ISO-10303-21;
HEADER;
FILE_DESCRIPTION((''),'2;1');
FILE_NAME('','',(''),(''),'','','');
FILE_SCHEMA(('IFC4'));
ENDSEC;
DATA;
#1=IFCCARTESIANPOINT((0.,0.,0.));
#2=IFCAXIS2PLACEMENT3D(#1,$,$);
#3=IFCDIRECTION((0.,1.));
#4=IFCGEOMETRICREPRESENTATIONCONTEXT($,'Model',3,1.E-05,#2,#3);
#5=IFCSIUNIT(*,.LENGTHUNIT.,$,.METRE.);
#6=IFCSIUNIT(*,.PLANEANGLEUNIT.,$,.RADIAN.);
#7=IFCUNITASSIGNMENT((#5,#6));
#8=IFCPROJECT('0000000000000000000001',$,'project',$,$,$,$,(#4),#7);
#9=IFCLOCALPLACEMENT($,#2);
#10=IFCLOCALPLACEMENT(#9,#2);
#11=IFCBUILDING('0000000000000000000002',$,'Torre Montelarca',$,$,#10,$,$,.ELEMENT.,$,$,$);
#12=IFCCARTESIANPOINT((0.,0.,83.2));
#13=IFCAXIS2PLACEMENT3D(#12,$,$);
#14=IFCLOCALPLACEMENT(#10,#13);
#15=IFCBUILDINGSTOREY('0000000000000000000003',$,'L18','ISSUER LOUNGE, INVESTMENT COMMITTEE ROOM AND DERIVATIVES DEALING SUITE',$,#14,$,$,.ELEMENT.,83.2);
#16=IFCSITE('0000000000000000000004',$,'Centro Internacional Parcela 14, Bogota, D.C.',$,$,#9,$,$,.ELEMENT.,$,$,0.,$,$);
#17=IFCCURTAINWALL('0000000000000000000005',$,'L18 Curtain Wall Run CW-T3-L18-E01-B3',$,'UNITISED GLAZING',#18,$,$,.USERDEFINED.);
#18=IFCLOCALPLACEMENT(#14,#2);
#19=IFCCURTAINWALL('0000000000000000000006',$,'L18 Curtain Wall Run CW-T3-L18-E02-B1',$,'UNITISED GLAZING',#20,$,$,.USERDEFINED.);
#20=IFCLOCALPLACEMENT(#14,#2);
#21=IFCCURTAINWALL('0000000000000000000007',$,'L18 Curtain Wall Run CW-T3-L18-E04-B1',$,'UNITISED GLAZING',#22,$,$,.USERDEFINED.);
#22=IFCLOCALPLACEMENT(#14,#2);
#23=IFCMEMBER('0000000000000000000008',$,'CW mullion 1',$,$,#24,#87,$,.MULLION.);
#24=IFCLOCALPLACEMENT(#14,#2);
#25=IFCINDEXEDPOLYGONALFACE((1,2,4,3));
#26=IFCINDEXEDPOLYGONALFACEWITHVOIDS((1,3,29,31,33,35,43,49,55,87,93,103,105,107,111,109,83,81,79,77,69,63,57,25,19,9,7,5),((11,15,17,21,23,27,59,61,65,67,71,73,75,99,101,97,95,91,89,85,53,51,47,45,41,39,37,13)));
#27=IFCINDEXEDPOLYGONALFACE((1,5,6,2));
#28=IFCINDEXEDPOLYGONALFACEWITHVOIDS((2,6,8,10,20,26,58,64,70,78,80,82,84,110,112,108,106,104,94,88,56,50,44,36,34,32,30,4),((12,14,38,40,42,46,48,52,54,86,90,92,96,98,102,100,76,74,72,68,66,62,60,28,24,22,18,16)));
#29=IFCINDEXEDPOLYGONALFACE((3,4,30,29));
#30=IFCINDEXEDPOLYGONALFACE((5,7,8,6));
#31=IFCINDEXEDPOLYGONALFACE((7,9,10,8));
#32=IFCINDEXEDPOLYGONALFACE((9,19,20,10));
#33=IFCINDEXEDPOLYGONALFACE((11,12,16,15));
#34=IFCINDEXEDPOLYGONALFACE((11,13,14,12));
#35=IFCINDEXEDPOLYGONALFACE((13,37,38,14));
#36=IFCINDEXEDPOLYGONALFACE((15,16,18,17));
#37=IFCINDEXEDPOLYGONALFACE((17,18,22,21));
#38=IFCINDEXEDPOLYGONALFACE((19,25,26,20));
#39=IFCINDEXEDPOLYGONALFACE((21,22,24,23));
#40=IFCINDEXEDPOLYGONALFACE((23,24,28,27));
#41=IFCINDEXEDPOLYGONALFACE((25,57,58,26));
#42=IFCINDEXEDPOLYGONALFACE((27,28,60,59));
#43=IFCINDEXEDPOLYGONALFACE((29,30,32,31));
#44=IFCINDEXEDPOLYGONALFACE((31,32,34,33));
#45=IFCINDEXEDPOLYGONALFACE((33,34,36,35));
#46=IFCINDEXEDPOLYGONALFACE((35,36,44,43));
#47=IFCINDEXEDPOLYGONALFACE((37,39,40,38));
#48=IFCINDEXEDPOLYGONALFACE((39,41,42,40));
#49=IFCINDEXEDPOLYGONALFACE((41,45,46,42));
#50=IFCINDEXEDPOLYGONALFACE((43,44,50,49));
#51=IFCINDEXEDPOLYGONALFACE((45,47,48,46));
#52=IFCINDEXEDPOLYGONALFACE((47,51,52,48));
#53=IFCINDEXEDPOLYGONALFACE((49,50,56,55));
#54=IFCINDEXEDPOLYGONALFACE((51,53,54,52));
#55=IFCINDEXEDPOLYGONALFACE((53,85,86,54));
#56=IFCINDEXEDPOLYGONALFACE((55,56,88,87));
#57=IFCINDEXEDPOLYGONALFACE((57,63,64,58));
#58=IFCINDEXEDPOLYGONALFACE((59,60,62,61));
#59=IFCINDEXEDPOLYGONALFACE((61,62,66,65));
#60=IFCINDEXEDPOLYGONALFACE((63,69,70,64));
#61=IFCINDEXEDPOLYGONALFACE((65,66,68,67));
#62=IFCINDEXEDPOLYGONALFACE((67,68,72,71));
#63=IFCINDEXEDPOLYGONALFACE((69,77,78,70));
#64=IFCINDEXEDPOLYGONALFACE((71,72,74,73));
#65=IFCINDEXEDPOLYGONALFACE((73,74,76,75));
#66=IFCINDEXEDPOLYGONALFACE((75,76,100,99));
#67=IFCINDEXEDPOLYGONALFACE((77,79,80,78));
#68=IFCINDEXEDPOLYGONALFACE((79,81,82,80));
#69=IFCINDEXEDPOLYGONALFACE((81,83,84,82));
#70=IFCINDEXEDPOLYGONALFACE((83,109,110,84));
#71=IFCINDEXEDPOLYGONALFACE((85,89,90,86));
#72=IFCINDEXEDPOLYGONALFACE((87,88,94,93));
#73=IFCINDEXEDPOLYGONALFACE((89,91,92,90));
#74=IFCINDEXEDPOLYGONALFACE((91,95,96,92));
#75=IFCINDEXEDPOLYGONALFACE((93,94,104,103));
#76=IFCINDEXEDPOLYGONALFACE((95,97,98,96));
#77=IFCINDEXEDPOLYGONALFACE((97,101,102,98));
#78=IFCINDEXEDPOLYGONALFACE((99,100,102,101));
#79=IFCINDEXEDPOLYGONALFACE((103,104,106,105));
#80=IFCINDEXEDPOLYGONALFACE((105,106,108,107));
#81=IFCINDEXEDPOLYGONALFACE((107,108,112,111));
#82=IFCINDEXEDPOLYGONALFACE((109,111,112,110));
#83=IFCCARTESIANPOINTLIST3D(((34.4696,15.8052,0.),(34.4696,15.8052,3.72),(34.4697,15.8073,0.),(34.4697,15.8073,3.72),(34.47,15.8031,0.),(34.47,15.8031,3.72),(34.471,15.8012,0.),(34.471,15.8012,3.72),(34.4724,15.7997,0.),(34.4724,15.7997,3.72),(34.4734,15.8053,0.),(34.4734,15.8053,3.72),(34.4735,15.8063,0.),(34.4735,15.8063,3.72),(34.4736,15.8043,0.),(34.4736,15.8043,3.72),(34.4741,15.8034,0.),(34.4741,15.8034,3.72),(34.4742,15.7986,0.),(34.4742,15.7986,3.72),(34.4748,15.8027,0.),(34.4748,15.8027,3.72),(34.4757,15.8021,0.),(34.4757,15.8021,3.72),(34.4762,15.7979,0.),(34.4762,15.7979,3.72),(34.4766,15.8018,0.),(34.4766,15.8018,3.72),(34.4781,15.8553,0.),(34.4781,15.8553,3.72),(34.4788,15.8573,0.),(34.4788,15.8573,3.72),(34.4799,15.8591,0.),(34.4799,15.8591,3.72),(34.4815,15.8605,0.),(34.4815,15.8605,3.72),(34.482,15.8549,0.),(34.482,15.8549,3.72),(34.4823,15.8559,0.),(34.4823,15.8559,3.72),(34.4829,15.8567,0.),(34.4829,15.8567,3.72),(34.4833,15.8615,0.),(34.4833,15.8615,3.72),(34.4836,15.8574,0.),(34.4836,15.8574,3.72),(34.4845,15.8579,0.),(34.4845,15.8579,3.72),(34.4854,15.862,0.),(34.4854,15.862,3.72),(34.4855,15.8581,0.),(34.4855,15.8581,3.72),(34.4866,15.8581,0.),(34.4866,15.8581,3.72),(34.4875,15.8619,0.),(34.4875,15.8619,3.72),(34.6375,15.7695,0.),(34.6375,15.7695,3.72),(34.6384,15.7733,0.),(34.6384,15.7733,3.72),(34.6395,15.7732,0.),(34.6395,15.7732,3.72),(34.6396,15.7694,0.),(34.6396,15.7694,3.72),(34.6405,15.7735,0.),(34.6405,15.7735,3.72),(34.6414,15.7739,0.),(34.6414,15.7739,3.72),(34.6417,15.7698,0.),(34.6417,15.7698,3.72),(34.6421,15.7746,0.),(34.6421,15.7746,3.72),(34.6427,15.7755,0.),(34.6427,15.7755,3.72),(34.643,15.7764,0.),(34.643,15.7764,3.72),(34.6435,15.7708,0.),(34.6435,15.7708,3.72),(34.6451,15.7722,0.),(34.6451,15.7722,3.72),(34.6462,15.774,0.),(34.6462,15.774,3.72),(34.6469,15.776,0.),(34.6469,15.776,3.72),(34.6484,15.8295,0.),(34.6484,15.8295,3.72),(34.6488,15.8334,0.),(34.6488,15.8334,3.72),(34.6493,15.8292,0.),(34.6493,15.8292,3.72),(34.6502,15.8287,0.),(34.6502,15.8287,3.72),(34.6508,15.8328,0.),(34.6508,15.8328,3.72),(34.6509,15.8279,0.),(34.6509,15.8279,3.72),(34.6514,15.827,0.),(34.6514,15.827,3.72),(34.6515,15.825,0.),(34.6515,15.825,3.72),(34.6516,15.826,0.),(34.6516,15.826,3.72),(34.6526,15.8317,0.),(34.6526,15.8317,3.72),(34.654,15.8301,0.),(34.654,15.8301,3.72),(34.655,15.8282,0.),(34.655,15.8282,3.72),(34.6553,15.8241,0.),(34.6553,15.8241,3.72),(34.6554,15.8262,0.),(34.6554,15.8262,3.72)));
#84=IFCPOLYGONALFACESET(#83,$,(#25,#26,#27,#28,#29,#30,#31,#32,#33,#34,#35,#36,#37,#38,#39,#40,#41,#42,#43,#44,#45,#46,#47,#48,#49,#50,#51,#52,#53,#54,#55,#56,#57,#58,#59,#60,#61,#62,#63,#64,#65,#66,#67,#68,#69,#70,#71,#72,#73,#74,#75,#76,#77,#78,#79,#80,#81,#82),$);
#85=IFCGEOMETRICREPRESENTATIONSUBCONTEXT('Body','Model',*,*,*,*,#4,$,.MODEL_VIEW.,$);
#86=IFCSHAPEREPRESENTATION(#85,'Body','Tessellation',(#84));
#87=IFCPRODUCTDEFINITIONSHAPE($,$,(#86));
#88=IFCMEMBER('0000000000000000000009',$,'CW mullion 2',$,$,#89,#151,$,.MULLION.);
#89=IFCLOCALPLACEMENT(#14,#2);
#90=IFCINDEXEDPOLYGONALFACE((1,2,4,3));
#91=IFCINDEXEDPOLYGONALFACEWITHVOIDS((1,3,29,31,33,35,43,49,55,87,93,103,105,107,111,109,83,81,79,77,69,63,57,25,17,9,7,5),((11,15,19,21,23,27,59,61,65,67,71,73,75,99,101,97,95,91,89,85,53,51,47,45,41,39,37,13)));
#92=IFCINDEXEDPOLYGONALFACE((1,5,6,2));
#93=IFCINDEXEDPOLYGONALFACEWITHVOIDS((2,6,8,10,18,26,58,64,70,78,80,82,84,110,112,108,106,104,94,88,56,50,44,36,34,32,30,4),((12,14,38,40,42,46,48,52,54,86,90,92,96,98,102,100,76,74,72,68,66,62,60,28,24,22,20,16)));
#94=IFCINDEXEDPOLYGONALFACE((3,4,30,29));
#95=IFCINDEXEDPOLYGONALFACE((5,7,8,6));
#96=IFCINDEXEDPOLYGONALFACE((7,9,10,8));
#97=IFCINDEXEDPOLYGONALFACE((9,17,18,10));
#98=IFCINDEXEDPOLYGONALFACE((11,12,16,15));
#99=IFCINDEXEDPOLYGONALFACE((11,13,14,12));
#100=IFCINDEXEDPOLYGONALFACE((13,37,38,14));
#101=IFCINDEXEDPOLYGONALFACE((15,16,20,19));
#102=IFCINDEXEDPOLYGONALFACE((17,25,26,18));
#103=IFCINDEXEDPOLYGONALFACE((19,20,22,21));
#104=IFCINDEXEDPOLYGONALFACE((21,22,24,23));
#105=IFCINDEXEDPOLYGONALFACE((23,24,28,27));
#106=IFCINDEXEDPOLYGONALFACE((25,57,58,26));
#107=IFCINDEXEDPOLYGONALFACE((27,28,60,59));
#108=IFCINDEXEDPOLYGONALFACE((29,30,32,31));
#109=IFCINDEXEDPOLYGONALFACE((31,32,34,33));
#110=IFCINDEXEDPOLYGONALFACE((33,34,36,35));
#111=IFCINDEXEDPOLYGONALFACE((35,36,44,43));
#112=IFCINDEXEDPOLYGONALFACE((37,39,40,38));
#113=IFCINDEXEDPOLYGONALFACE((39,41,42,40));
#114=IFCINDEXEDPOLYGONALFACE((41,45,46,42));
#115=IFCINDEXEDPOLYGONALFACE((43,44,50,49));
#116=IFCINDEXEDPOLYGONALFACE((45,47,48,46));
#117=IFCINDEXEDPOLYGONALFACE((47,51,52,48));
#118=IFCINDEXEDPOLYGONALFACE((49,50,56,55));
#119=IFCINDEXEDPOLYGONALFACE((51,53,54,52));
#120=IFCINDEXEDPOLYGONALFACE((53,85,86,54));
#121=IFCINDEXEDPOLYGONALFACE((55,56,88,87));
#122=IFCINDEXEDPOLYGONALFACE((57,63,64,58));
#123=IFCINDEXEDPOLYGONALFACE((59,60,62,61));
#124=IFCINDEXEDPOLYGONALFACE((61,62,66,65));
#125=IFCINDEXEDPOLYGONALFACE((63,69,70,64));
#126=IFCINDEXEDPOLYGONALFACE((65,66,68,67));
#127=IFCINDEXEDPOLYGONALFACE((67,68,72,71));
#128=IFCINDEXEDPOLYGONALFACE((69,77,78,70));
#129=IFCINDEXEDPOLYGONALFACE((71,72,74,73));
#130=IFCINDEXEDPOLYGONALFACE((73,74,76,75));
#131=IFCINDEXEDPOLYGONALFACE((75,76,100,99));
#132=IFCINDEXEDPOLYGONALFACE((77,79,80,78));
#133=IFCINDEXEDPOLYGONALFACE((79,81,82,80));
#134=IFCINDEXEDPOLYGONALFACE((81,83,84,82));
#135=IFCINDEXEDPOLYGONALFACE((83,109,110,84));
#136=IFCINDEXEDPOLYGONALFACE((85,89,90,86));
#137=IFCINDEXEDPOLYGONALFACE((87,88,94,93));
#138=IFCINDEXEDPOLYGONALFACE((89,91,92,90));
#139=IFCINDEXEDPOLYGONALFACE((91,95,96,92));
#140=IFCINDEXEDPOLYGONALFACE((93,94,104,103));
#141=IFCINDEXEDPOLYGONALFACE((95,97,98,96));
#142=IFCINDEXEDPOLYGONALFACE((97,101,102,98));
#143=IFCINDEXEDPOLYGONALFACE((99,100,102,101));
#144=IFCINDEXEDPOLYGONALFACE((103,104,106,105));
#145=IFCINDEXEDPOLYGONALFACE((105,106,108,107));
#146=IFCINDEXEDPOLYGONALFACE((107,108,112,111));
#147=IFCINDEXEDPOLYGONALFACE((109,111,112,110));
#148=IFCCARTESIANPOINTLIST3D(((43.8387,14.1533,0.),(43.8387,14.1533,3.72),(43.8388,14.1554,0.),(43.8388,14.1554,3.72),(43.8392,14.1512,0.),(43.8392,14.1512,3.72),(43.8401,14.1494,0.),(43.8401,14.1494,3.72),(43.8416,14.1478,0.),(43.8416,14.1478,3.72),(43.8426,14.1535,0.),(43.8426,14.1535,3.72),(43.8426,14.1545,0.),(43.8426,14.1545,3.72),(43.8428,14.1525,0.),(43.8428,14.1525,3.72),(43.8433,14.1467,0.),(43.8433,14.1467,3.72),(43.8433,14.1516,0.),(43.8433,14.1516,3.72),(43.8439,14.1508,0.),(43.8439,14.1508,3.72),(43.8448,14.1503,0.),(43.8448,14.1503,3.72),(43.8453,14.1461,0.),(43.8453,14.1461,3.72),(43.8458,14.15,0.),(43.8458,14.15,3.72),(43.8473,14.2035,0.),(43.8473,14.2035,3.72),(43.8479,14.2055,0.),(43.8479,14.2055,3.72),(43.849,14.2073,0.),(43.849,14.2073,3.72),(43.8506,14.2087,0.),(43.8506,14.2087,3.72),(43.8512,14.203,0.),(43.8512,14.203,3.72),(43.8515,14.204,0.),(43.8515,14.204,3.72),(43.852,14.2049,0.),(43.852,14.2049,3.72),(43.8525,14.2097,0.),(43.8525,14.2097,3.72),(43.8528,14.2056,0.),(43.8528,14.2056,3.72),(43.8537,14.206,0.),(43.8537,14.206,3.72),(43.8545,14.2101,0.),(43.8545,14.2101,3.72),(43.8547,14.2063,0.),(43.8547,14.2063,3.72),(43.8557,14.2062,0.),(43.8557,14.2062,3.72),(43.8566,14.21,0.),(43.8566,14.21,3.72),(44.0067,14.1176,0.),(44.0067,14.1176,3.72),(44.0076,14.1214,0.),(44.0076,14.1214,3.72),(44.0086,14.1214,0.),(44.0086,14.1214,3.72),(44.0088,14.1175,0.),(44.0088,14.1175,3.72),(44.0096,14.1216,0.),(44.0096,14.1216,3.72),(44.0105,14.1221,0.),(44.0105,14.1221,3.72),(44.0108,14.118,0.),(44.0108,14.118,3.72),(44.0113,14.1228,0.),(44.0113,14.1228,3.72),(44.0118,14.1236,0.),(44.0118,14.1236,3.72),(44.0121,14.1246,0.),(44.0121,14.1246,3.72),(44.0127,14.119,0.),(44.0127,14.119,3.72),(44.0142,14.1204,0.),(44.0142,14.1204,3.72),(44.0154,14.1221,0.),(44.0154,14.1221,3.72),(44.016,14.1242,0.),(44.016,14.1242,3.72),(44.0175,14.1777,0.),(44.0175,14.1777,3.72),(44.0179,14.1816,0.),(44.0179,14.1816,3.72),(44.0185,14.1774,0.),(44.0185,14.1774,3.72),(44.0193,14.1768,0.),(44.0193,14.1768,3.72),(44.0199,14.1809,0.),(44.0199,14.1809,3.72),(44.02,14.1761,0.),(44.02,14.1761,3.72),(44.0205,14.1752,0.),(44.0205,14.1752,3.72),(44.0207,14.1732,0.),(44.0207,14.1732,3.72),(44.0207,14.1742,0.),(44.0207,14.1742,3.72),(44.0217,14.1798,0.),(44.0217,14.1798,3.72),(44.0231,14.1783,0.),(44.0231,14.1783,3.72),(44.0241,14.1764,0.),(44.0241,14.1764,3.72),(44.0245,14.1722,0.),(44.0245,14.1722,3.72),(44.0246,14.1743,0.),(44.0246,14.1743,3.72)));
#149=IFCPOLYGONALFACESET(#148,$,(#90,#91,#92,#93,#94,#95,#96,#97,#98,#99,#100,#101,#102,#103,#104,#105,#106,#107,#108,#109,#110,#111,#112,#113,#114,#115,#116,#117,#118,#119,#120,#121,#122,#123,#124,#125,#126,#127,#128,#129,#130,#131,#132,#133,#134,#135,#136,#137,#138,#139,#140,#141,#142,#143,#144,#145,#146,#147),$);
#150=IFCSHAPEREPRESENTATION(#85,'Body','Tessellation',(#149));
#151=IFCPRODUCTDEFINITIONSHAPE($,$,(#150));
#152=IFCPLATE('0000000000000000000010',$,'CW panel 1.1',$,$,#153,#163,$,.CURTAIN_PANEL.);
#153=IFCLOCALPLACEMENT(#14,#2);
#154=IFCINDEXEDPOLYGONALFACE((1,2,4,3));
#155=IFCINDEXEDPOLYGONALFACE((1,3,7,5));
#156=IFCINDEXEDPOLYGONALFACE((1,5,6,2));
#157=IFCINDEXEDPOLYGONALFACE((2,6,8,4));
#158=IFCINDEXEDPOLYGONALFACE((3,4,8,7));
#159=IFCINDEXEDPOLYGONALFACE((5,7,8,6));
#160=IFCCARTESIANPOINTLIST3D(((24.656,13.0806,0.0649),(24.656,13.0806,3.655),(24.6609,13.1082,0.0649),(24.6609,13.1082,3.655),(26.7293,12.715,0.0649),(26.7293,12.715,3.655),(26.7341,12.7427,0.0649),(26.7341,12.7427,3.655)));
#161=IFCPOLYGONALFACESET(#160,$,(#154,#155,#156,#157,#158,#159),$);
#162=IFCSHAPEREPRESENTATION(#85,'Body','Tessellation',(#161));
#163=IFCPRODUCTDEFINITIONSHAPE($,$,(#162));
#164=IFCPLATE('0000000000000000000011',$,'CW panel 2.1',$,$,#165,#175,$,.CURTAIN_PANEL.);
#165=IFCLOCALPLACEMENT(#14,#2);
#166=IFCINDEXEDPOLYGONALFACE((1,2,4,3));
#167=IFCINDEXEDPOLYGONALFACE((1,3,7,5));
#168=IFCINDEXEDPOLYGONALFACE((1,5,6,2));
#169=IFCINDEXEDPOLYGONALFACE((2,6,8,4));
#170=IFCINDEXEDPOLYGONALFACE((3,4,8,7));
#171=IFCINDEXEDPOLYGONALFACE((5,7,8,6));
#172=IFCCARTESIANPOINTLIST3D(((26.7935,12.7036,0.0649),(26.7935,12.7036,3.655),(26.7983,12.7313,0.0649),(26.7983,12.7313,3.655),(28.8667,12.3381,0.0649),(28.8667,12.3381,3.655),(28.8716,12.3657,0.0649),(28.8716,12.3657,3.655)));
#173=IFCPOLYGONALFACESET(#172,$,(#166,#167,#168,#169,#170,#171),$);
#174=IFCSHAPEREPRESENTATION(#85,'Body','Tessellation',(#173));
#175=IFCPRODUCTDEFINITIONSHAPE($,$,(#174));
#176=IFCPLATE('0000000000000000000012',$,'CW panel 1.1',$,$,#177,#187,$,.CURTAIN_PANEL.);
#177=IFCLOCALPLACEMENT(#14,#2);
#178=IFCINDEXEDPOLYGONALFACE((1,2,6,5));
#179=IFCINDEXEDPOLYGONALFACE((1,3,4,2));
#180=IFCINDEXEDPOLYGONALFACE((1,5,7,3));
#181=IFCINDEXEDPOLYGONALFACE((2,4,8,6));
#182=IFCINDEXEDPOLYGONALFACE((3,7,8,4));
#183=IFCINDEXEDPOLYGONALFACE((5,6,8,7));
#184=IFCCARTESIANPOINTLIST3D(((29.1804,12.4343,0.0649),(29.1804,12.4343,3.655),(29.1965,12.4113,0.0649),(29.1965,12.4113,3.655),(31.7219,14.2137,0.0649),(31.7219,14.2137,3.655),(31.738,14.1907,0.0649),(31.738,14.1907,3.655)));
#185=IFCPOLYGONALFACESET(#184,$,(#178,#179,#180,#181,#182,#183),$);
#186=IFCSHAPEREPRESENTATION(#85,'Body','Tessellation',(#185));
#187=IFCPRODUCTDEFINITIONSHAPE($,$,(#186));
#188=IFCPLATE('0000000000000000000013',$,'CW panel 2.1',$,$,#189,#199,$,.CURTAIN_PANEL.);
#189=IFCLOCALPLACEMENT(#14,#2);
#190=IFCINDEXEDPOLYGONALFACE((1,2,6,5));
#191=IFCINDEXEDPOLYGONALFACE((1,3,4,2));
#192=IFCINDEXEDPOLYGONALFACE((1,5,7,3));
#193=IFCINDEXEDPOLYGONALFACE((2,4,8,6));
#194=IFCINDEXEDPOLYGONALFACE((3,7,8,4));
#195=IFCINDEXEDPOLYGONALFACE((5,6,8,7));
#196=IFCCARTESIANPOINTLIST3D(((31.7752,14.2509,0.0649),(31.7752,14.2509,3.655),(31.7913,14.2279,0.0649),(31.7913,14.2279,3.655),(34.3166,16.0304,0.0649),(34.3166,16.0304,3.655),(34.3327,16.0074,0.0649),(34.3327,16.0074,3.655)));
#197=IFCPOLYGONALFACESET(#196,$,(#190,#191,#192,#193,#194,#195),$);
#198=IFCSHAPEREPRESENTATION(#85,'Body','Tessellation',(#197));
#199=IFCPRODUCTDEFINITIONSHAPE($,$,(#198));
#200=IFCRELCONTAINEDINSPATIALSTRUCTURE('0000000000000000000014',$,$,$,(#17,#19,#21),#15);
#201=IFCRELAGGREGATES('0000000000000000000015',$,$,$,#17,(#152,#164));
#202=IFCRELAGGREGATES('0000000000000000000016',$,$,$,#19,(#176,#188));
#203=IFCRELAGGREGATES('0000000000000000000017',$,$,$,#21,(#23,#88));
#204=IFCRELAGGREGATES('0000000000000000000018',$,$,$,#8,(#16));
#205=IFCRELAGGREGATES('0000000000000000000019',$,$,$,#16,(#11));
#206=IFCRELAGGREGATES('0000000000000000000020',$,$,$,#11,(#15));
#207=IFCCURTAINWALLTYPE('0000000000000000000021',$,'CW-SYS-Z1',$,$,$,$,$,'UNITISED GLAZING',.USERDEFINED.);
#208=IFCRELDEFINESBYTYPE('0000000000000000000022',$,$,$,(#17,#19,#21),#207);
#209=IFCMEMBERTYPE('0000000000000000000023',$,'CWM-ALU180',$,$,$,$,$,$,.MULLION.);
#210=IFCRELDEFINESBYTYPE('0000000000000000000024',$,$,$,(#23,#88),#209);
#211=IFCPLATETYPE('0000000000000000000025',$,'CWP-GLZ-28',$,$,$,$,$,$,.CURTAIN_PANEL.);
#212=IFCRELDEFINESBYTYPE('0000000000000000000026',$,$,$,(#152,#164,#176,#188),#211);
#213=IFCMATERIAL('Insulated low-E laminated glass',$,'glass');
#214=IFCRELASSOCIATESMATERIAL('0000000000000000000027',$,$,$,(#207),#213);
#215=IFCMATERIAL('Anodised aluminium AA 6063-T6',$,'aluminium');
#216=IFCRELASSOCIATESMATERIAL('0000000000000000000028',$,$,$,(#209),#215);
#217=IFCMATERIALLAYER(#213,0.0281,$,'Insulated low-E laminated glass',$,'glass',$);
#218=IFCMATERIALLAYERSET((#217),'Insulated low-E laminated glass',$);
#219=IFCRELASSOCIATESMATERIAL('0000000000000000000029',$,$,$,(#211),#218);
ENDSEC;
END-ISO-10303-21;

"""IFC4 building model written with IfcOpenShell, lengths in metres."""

from ifc_helpers import new_model, si_unit, direction, frame, origin, origin_2d, place, context, subcontext, project, spatial, rectangle, hollow_rectangle, extrude, source, transform, mapped, material, layer, layer_set, material_profile, profile_set, type_object, element, aggregate, save


model = new_model("IFC4")

# Units and contexts
model_context = context("Model", 3, precision=1e-05, world=origin(), true_north=direction((0.0, 1.0)))
body_context = subcontext(model_context, "Body", "Model", "MODEL_VIEW")
ifc_project = project(units=[si_unit("LENGTHUNIT", "METRE"), si_unit("PLANEANGLEUNIT", "RADIAN")], contexts=[model_context])

# Site, building, storey
site_placement = place(None, origin())
site = spatial("IfcSite", under=ifc_project, at=site_placement, Name="Centro Internacional Parcela 14, Bogota, D.C.", CompositionType="ELEMENT", RefElevation=0.0)
building_placement = place(site_placement, origin())
building = spatial("IfcBuilding", under=site, at=building_placement, Name="Torre Montelarca", CompositionType="ELEMENT")
storey_placement = place(building_placement, frame((0.0, 0.0, 83.2)))
storey = spatial("IfcBuildingStorey", under=building, at=storey_placement, Name="L18", Description="ISSUER LOUNGE, INVESTMENT COMMITTEE ROOM AND DERIVATIVES DEALING SUITE", CompositionType="ELEMENT", Elevation=83.2)

# Curtain walls
ifc_material_1 = material(Name="Insulated low-E laminated glass", Category="glass")
curtain_wall_type = type_object("IfcCurtainWallType", Name="CW-SYS-Z1", ElementType="UNITISED GLAZING", PredefinedType="USERDEFINED", material=ifc_material_1)
curtain_wall_1_placement = place(storey_placement, origin())
curtain_wall_1 = element("IfcCurtainWall", 1, at=curtain_wall_1_placement, inside=storey, type_object=curtain_wall_type, Name="L18 Curtain Wall Run CW-T3-L18-E01-B3", ObjectType="UNITISED GLAZING", PredefinedType="USERDEFINED")
ifc_material_2 = material(Name="Anodised aluminium AA 6063-T6", Category="aluminium")
curtain_wall_2_placement = place(storey_placement, origin())
curtain_wall_2 = element("IfcCurtainWall", 2, at=curtain_wall_2_placement, inside=storey, type_object=curtain_wall_type, Name="L18 Curtain Wall Run CW-T3-L18-E02-B1", ObjectType="UNITISED GLAZING", PredefinedType="USERDEFINED")
curtain_wall_3_placement = place(storey_placement, origin())
curtain_wall_3 = element("IfcCurtainWall", 3, at=curtain_wall_3_placement, inside=storey, type_object=curtain_wall_type, Name="L18 Curtain Wall Run CW-T3-L18-E04-B1", ObjectType="UNITISED GLAZING", PredefinedType="USERDEFINED")

# Members
ifc_material_profile_1 = material_profile(ifc_material_2, hollow_rectangle(XDim=0.0649, YDim=0.1799, WallThickness=0.0039, InnerFilletRadius=0.0039, OuterFilletRadius=0.0081, at=origin_2d()), Name="ALU65X180X4", Category="aluminium")
ifc_profile_set_1 = profile_set([ifc_material_profile_1], Name="Anodised aluminium AA 6063-T6")
member_type_1 = type_object("IfcMemberType", Name="CWM-ALU180", PredefinedType="MULLION", material=ifc_profile_set_1)
shared_shape_1 = source(origin(), body_context, "Body", "SweptSolid", [
    extrude(hollow_rectangle(XDim=0.0649, YDim=0.1799, WallThickness=0.0039, InnerFilletRadius=0.0039, OuterFilletRadius=0.0081, at=origin_2d()), origin(), (0.0, 0.0, 1.0), 3.72),
])
member_1_placement = place(storey_placement, frame((34.5625, 15.8157, 0.0), z_axis=(0.0, 0.0, 1.0), x_axis=(0.173643, 0.984809, 0.0)))
member_1 = element("IfcMember", 4, at=member_1_placement, type_object=member_type_1, Name="CW mullion 1", PredefinedType="MULLION", context=body_context, shape_type="MappedRepresentation", body=[
    mapped(shared_shape_1, transform((0.0, 0.0, 0.0), scale=1.0)),
])
member_2_placement = place(storey_placement, frame((43.9316, 14.1638, 0.0), z_axis=(0.0, 0.0, 1.0), x_axis=(0.173643, 0.984809, 0.0)))
member_2 = element("IfcMember", 5, at=member_2_placement, type_object=member_type_1, Name="CW mullion 2", PredefinedType="MULLION", context=body_context, shape_type="MappedRepresentation", body=[
    mapped(shared_shape_1, transform((0.0, 0.0, 0.0), scale=1.0)),
])

# Plates
ifc_layer_1 = layer(ifc_material_1, 0.0281, Name="Insulated low-E laminated glass", Category="glass")
ifc_layer_set_1 = layer_set([ifc_layer_1], Name="Insulated low-E laminated glass")
plate_type = type_object("IfcPlateType", Name="CWP-GLZ-28", PredefinedType="CURTAIN_PANEL", material=ifc_layer_set_1)
shared_shape_2 = source(origin(), body_context, "Body", "SweptSolid", [
    extrude(rectangle(XDim=2.1052, YDim=0.0281, at=origin_2d()), origin(), (0.0, 0.0, 1.0), 3.5901),
])
plate_1_placement = place(storey_placement, frame((25.6951, 12.9116, 0.0649), z_axis=(0.0, 0.0, 1.0), x_axis=(0.984809, -0.173642, 0.0)))
plate_1 = element("IfcPlate", 6, at=plate_1_placement, type_object=plate_type, Name="CW panel 1.1", PredefinedType="CURTAIN_PANEL", context=body_context, shape_type="MappedRepresentation", body=[
    mapped(shared_shape_2, transform((0.0, 0.0, 0.0), scale=1.0)),
])
plate_2_placement = place(storey_placement, frame((27.8325, 12.5347, 0.0649), z_axis=(0.0, 0.0, 1.0), x_axis=(0.984809, -0.173642, 0.0)))
plate_2 = element("IfcPlate", 7, at=plate_2_placement, type_object=plate_type, Name="CW panel 2.1", PredefinedType="CURTAIN_PANEL", context=body_context, shape_type="MappedRepresentation", body=[
    mapped(shared_shape_2, transform((0.0, 0.0, 0.0), scale=1.0)),
])
aggregate(curtain_wall_1, [plate_1, plate_2])
shared_shape_3 = source(origin(), body_context, "Body", "SweptSolid", [
    extrude(rectangle(XDim=3.1025, YDim=0.0281, at=origin_2d()), origin(), (0.0, 0.0, 1.0), 3.5901),
])
plate_3_placement = place(storey_placement, frame((30.4592, 13.3125, 0.0649), z_axis=(0.0, 0.0, 1.0), x_axis=(0.819163, 0.573561, 0.0)))
plate_3 = element("IfcPlate", 8, at=plate_3_placement, type_object=plate_type, Name="CW panel 1.1", PredefinedType="CURTAIN_PANEL", context=body_context, shape_type="MappedRepresentation", body=[
    mapped(shared_shape_3, transform((0.0, 0.0, 0.0), scale=1.0)),
])
plate_4_placement = place(storey_placement, frame((33.054, 15.1292, 0.0649), z_axis=(0.0, 0.0, 1.0), x_axis=(0.819163, 0.573561, 0.0)))
plate_4 = element("IfcPlate", 9, at=plate_4_placement, type_object=plate_type, Name="CW panel 2.1", PredefinedType="CURTAIN_PANEL", context=body_context, shape_type="MappedRepresentation", body=[
    mapped(shared_shape_3, transform((0.0, 0.0, 0.0), scale=1.0)),
])
aggregate(curtain_wall_2, [plate_3, plate_4])
aggregate(curtain_wall_3, [member_1, member_2])

save(model, "model.ifc")
